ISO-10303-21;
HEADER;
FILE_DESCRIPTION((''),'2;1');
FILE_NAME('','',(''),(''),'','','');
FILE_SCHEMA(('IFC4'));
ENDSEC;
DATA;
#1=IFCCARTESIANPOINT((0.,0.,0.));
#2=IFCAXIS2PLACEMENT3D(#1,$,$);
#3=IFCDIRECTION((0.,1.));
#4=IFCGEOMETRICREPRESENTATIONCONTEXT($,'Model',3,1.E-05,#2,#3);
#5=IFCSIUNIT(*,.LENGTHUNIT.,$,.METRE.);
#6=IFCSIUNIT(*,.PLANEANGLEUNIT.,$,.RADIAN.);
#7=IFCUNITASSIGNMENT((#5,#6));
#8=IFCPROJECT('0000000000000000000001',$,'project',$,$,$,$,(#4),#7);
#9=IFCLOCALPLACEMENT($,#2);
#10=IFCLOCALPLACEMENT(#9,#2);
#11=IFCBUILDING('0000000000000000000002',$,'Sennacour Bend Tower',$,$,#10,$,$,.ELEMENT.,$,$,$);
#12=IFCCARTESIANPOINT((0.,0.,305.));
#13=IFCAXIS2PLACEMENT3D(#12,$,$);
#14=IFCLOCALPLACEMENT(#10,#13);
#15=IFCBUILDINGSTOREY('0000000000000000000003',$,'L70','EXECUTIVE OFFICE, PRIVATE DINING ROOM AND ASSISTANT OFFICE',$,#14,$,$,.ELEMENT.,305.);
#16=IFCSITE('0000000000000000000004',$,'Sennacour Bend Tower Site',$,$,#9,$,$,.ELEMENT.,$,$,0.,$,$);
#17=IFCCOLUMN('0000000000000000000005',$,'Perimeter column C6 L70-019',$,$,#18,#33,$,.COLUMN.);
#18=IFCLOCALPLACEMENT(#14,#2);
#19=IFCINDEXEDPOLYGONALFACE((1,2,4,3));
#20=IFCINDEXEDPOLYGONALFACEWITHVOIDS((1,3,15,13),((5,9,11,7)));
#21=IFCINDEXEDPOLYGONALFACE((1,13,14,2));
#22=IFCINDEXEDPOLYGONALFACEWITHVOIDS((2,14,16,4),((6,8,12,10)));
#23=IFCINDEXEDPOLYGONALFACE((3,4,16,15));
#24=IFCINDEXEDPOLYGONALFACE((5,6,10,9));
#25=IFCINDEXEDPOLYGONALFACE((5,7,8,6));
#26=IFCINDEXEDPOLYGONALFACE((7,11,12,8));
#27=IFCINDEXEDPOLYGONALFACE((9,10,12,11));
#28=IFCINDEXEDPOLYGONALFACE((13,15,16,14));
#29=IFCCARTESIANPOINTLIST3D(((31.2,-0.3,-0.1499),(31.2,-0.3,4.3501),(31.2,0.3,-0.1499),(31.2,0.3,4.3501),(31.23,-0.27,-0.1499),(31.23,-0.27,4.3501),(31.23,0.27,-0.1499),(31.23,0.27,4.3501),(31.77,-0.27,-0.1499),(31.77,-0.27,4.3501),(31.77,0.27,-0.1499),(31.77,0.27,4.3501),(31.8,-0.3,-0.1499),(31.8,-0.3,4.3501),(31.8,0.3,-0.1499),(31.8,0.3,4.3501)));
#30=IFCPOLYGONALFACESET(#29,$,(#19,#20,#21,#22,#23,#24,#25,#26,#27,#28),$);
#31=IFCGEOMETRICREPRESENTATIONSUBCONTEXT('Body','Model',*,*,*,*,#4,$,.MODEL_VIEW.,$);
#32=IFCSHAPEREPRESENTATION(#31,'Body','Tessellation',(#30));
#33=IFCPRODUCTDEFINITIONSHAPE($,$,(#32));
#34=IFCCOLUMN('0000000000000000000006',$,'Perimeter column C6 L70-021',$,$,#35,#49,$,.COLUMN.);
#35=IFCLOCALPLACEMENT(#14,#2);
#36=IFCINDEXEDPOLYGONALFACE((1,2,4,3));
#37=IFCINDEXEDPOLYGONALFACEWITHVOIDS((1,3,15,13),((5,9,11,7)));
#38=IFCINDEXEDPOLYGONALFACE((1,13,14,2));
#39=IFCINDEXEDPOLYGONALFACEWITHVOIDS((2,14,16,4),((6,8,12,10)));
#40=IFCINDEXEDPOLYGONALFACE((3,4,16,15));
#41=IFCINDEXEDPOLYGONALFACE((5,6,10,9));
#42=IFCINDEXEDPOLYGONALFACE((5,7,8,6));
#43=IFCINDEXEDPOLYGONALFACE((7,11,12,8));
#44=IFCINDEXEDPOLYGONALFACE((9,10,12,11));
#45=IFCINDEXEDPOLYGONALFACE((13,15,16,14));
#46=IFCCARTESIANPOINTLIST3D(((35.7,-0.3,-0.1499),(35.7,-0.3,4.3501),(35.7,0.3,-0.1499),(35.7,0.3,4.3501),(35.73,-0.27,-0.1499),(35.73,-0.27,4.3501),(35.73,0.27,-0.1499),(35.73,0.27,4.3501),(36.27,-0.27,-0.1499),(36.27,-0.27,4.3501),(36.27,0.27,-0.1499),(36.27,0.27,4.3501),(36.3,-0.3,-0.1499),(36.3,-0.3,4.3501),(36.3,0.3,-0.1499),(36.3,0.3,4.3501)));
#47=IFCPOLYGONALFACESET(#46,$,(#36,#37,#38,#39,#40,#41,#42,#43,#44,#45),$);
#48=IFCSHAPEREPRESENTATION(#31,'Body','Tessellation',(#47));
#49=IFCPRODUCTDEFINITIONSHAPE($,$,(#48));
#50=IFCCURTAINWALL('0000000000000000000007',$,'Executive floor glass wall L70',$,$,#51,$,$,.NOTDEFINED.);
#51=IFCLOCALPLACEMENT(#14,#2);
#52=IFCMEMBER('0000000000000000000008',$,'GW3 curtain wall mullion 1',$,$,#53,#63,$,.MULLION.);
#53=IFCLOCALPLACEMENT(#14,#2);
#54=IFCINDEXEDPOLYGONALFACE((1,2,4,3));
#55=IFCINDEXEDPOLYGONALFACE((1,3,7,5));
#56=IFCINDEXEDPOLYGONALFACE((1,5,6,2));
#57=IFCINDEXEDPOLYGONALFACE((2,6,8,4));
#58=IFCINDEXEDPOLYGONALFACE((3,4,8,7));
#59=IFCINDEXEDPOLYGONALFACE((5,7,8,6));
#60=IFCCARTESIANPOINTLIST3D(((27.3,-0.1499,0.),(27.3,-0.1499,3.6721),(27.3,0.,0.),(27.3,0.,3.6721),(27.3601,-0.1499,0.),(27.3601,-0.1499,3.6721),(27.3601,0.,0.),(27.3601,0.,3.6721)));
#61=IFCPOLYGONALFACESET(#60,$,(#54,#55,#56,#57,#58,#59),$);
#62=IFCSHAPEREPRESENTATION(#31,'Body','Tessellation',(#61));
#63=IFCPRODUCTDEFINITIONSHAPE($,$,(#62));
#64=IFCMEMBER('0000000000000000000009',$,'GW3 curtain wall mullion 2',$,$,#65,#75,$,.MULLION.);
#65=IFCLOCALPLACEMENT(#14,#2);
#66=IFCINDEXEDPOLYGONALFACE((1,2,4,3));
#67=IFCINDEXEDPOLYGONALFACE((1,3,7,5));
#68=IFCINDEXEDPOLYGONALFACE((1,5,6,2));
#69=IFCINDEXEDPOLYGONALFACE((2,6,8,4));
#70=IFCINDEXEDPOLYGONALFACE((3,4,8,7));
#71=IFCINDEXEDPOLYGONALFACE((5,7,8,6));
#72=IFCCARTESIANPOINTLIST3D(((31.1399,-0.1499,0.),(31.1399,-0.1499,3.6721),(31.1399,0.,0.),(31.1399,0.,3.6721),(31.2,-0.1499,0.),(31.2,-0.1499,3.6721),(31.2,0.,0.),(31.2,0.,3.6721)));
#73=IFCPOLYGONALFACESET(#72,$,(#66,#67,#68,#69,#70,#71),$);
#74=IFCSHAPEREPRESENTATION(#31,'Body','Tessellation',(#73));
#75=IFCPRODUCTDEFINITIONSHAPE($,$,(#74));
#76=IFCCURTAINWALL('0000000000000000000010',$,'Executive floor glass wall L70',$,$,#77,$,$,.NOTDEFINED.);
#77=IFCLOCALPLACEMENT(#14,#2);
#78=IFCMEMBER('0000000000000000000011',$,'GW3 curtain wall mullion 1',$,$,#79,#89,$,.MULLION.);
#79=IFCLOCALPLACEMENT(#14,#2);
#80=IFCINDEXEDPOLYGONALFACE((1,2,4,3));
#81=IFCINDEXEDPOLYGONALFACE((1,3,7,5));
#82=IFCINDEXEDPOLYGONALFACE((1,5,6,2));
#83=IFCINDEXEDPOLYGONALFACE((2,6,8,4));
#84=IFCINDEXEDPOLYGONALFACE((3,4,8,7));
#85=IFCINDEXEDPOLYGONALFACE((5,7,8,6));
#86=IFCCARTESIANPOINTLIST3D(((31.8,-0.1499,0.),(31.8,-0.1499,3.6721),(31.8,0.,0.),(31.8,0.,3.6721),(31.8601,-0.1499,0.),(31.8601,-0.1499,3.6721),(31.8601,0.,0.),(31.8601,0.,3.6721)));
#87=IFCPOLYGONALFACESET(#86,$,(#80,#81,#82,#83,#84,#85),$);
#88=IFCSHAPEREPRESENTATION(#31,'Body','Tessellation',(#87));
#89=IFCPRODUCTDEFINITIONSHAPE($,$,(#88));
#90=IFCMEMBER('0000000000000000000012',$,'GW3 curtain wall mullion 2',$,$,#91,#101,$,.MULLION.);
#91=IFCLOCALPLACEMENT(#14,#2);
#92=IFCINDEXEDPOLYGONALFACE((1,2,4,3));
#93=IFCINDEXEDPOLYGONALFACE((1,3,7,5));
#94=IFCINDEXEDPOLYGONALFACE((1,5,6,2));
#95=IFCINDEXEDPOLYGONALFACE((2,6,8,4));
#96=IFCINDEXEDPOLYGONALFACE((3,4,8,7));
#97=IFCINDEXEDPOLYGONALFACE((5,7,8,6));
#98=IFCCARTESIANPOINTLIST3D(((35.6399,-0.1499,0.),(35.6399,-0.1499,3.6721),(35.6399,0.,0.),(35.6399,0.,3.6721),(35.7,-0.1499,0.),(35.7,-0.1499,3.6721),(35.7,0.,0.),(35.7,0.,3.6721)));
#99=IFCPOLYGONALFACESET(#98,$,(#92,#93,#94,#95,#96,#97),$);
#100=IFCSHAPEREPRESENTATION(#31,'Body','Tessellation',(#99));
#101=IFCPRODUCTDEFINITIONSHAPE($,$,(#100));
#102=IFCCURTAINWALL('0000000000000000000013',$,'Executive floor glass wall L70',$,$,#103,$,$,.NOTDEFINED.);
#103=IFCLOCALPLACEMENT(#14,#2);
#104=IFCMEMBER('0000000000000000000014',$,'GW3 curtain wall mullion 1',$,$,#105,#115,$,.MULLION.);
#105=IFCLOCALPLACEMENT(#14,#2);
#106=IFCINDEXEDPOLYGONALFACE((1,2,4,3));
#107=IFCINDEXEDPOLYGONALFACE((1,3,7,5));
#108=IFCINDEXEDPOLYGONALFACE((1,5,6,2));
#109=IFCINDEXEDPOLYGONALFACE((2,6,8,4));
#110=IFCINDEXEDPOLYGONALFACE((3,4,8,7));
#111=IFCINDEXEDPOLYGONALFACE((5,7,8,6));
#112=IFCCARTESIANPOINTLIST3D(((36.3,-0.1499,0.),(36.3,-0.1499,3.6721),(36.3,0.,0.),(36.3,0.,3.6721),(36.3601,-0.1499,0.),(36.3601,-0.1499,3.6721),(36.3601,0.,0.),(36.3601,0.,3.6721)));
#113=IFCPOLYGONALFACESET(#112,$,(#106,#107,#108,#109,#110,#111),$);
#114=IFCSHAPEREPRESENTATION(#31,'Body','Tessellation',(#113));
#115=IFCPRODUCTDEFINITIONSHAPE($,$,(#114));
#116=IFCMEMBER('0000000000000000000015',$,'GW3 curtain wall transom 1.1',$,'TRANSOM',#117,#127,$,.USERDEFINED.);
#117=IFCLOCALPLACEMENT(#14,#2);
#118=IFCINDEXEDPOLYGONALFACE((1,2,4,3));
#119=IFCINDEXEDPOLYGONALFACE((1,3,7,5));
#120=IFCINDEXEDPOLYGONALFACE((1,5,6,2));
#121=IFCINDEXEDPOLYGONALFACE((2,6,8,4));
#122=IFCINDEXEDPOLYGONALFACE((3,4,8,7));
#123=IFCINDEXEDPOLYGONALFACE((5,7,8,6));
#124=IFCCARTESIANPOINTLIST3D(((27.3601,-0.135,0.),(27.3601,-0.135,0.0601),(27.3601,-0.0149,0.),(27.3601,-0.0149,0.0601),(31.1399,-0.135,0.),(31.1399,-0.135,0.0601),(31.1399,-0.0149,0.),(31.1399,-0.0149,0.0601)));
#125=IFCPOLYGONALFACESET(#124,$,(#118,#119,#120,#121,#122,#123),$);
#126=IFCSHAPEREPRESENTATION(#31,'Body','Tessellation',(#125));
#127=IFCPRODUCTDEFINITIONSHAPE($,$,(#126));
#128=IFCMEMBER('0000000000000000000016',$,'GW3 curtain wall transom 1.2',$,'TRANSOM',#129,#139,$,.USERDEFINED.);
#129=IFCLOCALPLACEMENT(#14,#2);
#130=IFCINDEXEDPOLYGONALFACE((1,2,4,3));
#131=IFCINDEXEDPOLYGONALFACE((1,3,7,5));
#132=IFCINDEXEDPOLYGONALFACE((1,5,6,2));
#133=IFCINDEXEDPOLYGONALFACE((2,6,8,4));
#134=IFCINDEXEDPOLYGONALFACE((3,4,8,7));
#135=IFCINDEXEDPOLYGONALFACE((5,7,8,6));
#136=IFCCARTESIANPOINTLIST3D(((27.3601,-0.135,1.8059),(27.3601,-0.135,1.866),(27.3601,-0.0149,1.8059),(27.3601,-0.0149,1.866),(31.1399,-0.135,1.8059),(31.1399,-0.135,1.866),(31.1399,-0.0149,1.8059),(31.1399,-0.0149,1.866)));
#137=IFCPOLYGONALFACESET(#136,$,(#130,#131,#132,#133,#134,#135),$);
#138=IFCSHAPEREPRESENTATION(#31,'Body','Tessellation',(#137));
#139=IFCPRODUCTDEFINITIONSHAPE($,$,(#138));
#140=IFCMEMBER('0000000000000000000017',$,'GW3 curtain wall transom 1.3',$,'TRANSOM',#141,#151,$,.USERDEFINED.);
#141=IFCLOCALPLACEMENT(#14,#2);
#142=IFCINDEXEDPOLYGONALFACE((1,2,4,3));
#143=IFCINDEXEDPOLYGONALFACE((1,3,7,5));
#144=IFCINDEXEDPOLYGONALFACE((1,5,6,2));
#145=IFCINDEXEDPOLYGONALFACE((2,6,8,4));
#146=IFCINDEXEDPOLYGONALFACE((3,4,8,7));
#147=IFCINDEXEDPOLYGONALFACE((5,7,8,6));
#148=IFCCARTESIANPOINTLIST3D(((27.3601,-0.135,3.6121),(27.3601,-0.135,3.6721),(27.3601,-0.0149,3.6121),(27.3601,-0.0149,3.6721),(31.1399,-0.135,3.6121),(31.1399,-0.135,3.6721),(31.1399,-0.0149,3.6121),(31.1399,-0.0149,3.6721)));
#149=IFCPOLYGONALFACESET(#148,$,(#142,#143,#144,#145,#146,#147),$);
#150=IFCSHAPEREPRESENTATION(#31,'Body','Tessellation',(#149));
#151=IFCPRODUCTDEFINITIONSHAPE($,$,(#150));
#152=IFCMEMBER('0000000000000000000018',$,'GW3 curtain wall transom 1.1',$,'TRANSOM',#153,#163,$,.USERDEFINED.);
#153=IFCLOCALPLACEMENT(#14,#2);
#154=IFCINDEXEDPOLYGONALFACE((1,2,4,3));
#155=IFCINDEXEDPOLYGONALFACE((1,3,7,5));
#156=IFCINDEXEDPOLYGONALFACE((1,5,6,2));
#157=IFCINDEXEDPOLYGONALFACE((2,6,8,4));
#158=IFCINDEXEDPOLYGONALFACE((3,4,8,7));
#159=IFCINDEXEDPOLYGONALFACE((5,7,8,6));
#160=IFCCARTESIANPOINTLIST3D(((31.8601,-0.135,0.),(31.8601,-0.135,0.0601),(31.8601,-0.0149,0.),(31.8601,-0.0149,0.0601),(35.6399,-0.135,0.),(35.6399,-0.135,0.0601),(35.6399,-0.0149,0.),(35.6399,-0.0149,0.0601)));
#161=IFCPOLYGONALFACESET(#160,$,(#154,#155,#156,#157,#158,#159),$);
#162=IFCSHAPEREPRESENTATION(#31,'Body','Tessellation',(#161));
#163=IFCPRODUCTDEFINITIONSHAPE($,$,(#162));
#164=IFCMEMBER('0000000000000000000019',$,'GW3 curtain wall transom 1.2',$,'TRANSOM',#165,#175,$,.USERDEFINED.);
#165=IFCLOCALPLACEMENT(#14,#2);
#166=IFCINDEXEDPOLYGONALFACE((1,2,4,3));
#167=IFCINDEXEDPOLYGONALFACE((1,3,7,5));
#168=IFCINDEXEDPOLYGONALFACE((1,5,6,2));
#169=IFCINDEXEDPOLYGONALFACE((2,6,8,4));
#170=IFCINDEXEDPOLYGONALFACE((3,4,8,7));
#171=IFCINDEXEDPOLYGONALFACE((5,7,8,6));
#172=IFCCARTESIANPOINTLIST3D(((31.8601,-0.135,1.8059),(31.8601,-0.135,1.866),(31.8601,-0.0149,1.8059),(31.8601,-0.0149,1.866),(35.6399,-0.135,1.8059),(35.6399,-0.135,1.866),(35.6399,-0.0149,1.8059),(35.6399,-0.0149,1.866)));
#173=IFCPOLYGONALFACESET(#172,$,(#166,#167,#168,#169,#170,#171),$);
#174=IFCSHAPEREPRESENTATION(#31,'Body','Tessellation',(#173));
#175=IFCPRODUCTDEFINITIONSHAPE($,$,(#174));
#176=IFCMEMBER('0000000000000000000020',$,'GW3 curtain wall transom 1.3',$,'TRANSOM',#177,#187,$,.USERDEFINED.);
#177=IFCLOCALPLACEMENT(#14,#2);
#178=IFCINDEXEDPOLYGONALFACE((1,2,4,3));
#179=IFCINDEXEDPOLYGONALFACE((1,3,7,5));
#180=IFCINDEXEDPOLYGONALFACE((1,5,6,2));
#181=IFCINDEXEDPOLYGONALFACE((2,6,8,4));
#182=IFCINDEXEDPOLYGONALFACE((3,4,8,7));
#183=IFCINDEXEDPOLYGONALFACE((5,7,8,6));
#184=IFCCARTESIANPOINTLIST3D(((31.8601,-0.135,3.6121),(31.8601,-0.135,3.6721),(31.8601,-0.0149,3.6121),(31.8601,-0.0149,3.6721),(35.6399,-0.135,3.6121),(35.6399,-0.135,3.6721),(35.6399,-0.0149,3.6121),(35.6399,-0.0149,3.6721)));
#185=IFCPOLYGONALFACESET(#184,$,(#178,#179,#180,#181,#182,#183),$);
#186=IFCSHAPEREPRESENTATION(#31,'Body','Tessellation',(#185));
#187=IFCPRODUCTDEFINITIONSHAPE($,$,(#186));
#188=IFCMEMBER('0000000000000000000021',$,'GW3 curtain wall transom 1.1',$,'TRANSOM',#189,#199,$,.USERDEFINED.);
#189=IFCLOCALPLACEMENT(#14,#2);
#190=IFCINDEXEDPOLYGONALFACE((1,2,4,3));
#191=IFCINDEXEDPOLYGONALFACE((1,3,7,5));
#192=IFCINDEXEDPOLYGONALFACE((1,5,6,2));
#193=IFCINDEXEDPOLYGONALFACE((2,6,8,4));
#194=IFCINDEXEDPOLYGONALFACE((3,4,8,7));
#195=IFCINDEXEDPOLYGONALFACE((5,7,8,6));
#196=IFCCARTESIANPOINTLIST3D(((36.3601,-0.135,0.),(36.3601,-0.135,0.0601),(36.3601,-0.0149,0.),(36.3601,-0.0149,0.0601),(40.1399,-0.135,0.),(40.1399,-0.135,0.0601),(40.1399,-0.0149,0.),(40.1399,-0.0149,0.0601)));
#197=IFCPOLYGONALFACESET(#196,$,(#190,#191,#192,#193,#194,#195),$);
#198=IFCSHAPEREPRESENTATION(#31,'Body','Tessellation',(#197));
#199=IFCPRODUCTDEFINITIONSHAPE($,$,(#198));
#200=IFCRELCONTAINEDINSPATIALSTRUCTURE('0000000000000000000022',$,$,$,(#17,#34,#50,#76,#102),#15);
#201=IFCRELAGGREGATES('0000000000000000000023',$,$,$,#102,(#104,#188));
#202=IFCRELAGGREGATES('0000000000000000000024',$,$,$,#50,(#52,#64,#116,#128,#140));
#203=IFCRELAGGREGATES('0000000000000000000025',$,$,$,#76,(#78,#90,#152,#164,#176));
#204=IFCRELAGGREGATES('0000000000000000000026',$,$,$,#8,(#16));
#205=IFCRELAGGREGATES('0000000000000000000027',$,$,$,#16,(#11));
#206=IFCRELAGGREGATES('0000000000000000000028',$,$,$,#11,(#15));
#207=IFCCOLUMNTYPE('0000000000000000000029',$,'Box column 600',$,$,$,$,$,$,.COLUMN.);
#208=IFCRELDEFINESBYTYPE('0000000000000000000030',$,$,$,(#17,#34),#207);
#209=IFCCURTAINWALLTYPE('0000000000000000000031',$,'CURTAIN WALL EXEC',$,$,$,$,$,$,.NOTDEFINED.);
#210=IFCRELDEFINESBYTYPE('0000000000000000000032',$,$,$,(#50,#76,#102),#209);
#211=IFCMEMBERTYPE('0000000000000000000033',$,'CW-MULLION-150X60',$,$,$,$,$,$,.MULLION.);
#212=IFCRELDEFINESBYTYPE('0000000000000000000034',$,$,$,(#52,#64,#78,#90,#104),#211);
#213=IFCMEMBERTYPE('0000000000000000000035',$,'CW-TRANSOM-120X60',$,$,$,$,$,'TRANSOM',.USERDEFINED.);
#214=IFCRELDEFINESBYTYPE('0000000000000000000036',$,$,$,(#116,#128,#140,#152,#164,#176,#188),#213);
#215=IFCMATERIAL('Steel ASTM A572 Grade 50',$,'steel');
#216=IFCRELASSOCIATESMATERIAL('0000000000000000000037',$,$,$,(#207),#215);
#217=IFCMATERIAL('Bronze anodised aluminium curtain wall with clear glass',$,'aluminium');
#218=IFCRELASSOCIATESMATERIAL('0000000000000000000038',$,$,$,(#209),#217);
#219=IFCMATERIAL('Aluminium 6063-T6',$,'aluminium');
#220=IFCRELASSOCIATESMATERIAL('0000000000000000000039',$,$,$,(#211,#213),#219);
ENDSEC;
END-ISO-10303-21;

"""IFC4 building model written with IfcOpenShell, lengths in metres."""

from ifc_helpers import new_model, si_unit, direction, frame, origin, origin_2d, place, context, subcontext, project, spatial, rectangle, hollow_rectangle, extrude, material, material_profile, profile_set, type_object, element, aggregate, save


model = new_model("IFC4")

# Units and contexts
model_context = context("Model", 3, precision=1e-05, world=origin(), true_north=direction((0.0, 1.0)))
body_context = subcontext(model_context, "Body", "Model", "MODEL_VIEW")
ifc_project = project(units=[si_unit("LENGTHUNIT", "METRE"), si_unit("PLANEANGLEUNIT", "RADIAN")], contexts=[model_context])

# Site, building, storey
site_placement = place(None, origin())
site = spatial("IfcSite", under=ifc_project, at=site_placement, Name="Sennacour Bend Tower Site", CompositionType="ELEMENT", RefElevation=0.0)
building_placement = place(site_placement, origin())
building = spatial("IfcBuilding", under=site, at=building_placement, Name="Sennacour Bend Tower", CompositionType="ELEMENT")
storey_placement = place(building_placement, frame((0.0, 0.0, 305.0)))
storey = spatial("IfcBuildingStorey", under=building, at=storey_placement, Name="L70", Description="EXECUTIVE OFFICE, PRIVATE DINING ROOM AND ASSISTANT OFFICE", CompositionType="ELEMENT", Elevation=305.0)

# Columns
ifc_material_1 = material(Name="Steel ASTM A572 Grade 50", Category="steel")
ifc_material_profile_1 = material_profile(ifc_material_1, hollow_rectangle(XDim=0.6001, YDim=0.6001, WallThickness=0.03, at=origin_2d()), Name="Steel ASTM A572 Grade 50", Category="steel")
ifc_profile_set_1 = profile_set([ifc_material_profile_1], Name="Steel ASTM A572 Grade 50")
column_type = type_object("IfcColumnType", Name="Box column 600", PredefinedType="COLUMN", material=ifc_profile_set_1)
for number, where, z_axis, x_axis, name in (
    (1, (31.5, 0.0, -0.1499), (0.0, 0.0, 1.0), (1.0, 0.0, 0.0), "Perimeter column C6 L70-019"),
    (2, (36.0, 0.0, -0.1499), (0.0, 0.0, 1.0), (1.0, 0.0, 0.0), "Perimeter column C6 L70-021"),
):
    element("IfcColumn", number, at=place(storey_placement, frame(where, z_axis=z_axis, x_axis=x_axis)), inside=storey, type_object=column_type, Name=name, PredefinedType="COLUMN", context=body_context, shape_type="SweptSolid", body=[
        extrude(hollow_rectangle(XDim=0.6001, YDim=0.6001, WallThickness=0.03, at=origin_2d()), origin(), (0.0, 0.0, 1.0), 4.5),
    ])

# Curtain walls, members
ifc_material_2 = material(Name="Bronze anodised aluminium curtain wall with clear glass", Category="aluminium")
curtain_wall_type = type_object("IfcCurtainWallType", Name="CURTAIN WALL EXEC", PredefinedType="NOTDEFINED", material=ifc_material_2)
curtain_wall_1_placement = place(storey_placement, origin())
curtain_wall_1 = element("IfcCurtainWall", 3, at=curtain_wall_1_placement, inside=storey, type_object=curtain_wall_type, Name="Executive floor glass wall L70", PredefinedType="NOTDEFINED")
ifc_material_3 = material(Name="Aluminium 6063-T6", Category="aluminium")
ifc_material_profile_2 = material_profile(ifc_material_3, rectangle(XDim=0.1499, YDim=0.0601, at=origin_2d()), Name="Aluminium 6063-T6", Category="aluminium")
ifc_profile_set_2 = profile_set([ifc_material_profile_2], Name="Aluminium 6063-T6")
member_type_1 = type_object("IfcMemberType", Name="CW-MULLION-150X60", PredefinedType="MULLION", material=ifc_profile_set_2)
member_1_placement = place(storey_placement, frame((27.3301, -0.075, 0.0), z_axis=(0.0, 0.0, 1.0), x_axis=(0.0, 1.0, 0.0)))
member_1 = element("IfcMember", 4, at=member_1_placement, type_object=member_type_1, Name="GW3 curtain wall mullion 1", PredefinedType="MULLION", context=body_context, shape_type="SweptSolid", body=[
    extrude(rectangle(XDim=0.1499, YDim=0.0601, at=origin_2d()), origin(), (0.0, 0.0, 1.0), 3.6721),
])
member_2_placement = place(storey_placement, frame((31.1699, -0.075, 0.0), z_axis=(0.0, 0.0, 1.0), x_axis=(0.0, 1.0, 0.0)))
member_2 = element("IfcMember", 5, at=member_2_placement, type_object=member_type_1, Name="GW3 curtain wall mullion 2", PredefinedType="MULLION", context=body_context, shape_type="SweptSolid", body=[
    extrude(rectangle(XDim=0.1499, YDim=0.0601, at=origin_2d()), origin(), (0.0, 0.0, 1.0), 3.6721),
])
curtain_wall_2_placement = place(storey_placement, origin())
curtain_wall_2 = element("IfcCurtainWall", 6, at=curtain_wall_2_placement, inside=storey, type_object=curtain_wall_type, Name="Executive floor glass wall L70", PredefinedType="NOTDEFINED")
member_3_placement = place(storey_placement, frame((31.8301, -0.075, 0.0), z_axis=(0.0, 0.0, 1.0), x_axis=(0.0, 1.0, 0.0)))
member_3 = element("IfcMember", 7, at=member_3_placement, type_object=member_type_1, Name="GW3 curtain wall mullion 1", PredefinedType="MULLION", context=body_context, shape_type="SweptSolid", body=[
    extrude(rectangle(XDim=0.1499, YDim=0.0601, at=origin_2d()), origin(), (0.0, 0.0, 1.0), 3.6721),
])
member_4_placement = place(storey_placement, frame((35.6699, -0.075, 0.0), z_axis=(0.0, 0.0, 1.0), x_axis=(0.0, 1.0, 0.0)))
member_4 = element("IfcMember", 8, at=member_4_placement, type_object=member_type_1, Name="GW3 curtain wall mullion 2", PredefinedType="MULLION", context=body_context, shape_type="SweptSolid", body=[
    extrude(rectangle(XDim=0.1499, YDim=0.0601, at=origin_2d()), origin(), (0.0, 0.0, 1.0), 3.6721),
])

# Curtain wall, member
curtain_wall_3_placement = place(storey_placement, origin())
curtain_wall_3 = element("IfcCurtainWall", 9, at=curtain_wall_3_placement, inside=storey, type_object=curtain_wall_type, Name="Executive floor glass wall L70", PredefinedType="NOTDEFINED")
member_5_placement = place(storey_placement, frame((36.3301, -0.075, 0.0), z_axis=(0.0, 0.0, 1.0), x_axis=(0.0, 1.0, 0.0)))
member_5 = element("IfcMember", 10, at=member_5_placement, type_object=member_type_1, Name="GW3 curtain wall mullion 1", PredefinedType="MULLION", context=body_context, shape_type="SweptSolid", body=[
    extrude(rectangle(XDim=0.1499, YDim=0.0601, at=origin_2d()), origin(), (0.0, 0.0, 1.0), 3.6721),
])

# Members
ifc_material_profile_3 = material_profile(ifc_material_3, rectangle(XDim=0.1201, YDim=0.0601, at=origin_2d()), Name="Aluminium 6063-T6", Category="aluminium")
ifc_profile_set_3 = profile_set([ifc_material_profile_3], Name="Aluminium 6063-T6")
member_type_2 = type_object("IfcMemberType", Name="CW-TRANSOM-120X60", ElementType="TRANSOM", PredefinedType="USERDEFINED", material=ifc_profile_set_3)
member_6_placement = place(storey_placement, frame((27.3601, -0.075, 0.03), z_axis=(1.0, 0.0, 0.0), x_axis=(0.0, 1.0, 0.0)))
member_6 = element("IfcMember", 11, at=member_6_placement, type_object=member_type_2, Name="GW3 curtain wall transom 1.1", ObjectType="TRANSOM", PredefinedType="USERDEFINED", context=body_context, shape_type="SweptSolid", body=[
    extrude(rectangle(XDim=0.1201, YDim=0.0601, at=origin_2d()), origin(), (0.0, 0.0, 1.0), 3.7798),
])
member_7_placement = place(storey_placement, frame((27.3601, -0.075, 1.8359), z_axis=(1.0, 0.0, 0.0), x_axis=(0.0, 1.0, 0.0)))
member_7 = element("IfcMember", 12, at=member_7_placement, type_object=member_type_2, Name="GW3 curtain wall transom 1.2", ObjectType="TRANSOM", PredefinedType="USERDEFINED", context=body_context, shape_type="SweptSolid", body=[
    extrude(rectangle(XDim=0.1201, YDim=0.0601, at=origin_2d()), origin(), (0.0, 0.0, 1.0), 3.7798),
])
member_8_placement = place(storey_placement, frame((27.3601, -0.075, 3.6421), z_axis=(1.0, 0.0, 0.0), x_axis=(0.0, 1.0, 0.0)))
member_8 = element("IfcMember", 13, at=member_8_placement, type_object=member_type_2, Name="GW3 curtain wall transom 1.3", ObjectType="TRANSOM", PredefinedType="USERDEFINED", context=body_context, shape_type="SweptSolid", body=[
    extrude(rectangle(XDim=0.1201, YDim=0.0601, at=origin_2d()), origin(), (0.0, 0.0, 1.0), 3.7798),
])
member_9_placement = place(storey_placement, frame((31.8601, -0.075, 0.03), z_axis=(1.0, 0.0, 0.0), x_axis=(0.0, 1.0, 0.0)))
member_9 = element("IfcMember", 14, at=member_9_placement, type_object=member_type_2, Name="GW3 curtain wall transom 1.1", ObjectType="TRANSOM", PredefinedType="USERDEFINED", context=body_context, shape_type="SweptSolid", body=[
    extrude(rectangle(XDim=0.1201, YDim=0.0601, at=origin_2d()), origin(), (0.0, 0.0, 1.0), 3.7798),
])
member_10_placement = place(storey_placement, frame((31.8601, -0.075, 1.8359), z_axis=(1.0, 0.0, 0.0), x_axis=(0.0, 1.0, 0.0)))
member_10 = element("IfcMember", 15, at=member_10_placement, type_object=member_type_2, Name="GW3 curtain wall transom 1.2", ObjectType="TRANSOM", PredefinedType="USERDEFINED", context=body_context, shape_type="SweptSolid", body=[
    extrude(rectangle(XDim=0.1201, YDim=0.0601, at=origin_2d()), origin(), (0.0, 0.0, 1.0), 3.7798),
])
member_11_placement = place(storey_placement, frame((31.8601, -0.075, 3.6421), z_axis=(1.0, 0.0, 0.0), x_axis=(0.0, 1.0, 0.0)))
member_11 = element("IfcMember", 16, at=member_11_placement, type_object=member_type_2, Name="GW3 curtain wall transom 1.3", ObjectType="TRANSOM", PredefinedType="USERDEFINED", context=body_context, shape_type="SweptSolid", body=[
    extrude(rectangle(XDim=0.1201, YDim=0.0601, at=origin_2d()), origin(), (0.0, 0.0, 1.0), 3.7798),
])
member_12_placement = place(storey_placement, frame((36.3601, -0.075, 0.03), z_axis=(1.0, 0.0, 0.0), x_axis=(0.0, 1.0, 0.0)))
member_12 = element("IfcMember", 17, at=member_12_placement, type_object=member_type_2, Name="GW3 curtain wall transom 1.1", ObjectType="TRANSOM", PredefinedType="USERDEFINED", context=body_context, shape_type="SweptSolid", body=[
    extrude(rectangle(XDim=0.1201, YDim=0.0601, at=origin_2d()), origin(), (0.0, 0.0, 1.0), 3.7798),
])
aggregate(curtain_wall_3, [member_5, member_12])

aggregate(curtain_wall_1, [member_1, member_2, member_6, member_7, member_8])
aggregate(curtain_wall_2, [member_3, member_4, member_9, member_10, member_11])

save(model, "model.ifc")
